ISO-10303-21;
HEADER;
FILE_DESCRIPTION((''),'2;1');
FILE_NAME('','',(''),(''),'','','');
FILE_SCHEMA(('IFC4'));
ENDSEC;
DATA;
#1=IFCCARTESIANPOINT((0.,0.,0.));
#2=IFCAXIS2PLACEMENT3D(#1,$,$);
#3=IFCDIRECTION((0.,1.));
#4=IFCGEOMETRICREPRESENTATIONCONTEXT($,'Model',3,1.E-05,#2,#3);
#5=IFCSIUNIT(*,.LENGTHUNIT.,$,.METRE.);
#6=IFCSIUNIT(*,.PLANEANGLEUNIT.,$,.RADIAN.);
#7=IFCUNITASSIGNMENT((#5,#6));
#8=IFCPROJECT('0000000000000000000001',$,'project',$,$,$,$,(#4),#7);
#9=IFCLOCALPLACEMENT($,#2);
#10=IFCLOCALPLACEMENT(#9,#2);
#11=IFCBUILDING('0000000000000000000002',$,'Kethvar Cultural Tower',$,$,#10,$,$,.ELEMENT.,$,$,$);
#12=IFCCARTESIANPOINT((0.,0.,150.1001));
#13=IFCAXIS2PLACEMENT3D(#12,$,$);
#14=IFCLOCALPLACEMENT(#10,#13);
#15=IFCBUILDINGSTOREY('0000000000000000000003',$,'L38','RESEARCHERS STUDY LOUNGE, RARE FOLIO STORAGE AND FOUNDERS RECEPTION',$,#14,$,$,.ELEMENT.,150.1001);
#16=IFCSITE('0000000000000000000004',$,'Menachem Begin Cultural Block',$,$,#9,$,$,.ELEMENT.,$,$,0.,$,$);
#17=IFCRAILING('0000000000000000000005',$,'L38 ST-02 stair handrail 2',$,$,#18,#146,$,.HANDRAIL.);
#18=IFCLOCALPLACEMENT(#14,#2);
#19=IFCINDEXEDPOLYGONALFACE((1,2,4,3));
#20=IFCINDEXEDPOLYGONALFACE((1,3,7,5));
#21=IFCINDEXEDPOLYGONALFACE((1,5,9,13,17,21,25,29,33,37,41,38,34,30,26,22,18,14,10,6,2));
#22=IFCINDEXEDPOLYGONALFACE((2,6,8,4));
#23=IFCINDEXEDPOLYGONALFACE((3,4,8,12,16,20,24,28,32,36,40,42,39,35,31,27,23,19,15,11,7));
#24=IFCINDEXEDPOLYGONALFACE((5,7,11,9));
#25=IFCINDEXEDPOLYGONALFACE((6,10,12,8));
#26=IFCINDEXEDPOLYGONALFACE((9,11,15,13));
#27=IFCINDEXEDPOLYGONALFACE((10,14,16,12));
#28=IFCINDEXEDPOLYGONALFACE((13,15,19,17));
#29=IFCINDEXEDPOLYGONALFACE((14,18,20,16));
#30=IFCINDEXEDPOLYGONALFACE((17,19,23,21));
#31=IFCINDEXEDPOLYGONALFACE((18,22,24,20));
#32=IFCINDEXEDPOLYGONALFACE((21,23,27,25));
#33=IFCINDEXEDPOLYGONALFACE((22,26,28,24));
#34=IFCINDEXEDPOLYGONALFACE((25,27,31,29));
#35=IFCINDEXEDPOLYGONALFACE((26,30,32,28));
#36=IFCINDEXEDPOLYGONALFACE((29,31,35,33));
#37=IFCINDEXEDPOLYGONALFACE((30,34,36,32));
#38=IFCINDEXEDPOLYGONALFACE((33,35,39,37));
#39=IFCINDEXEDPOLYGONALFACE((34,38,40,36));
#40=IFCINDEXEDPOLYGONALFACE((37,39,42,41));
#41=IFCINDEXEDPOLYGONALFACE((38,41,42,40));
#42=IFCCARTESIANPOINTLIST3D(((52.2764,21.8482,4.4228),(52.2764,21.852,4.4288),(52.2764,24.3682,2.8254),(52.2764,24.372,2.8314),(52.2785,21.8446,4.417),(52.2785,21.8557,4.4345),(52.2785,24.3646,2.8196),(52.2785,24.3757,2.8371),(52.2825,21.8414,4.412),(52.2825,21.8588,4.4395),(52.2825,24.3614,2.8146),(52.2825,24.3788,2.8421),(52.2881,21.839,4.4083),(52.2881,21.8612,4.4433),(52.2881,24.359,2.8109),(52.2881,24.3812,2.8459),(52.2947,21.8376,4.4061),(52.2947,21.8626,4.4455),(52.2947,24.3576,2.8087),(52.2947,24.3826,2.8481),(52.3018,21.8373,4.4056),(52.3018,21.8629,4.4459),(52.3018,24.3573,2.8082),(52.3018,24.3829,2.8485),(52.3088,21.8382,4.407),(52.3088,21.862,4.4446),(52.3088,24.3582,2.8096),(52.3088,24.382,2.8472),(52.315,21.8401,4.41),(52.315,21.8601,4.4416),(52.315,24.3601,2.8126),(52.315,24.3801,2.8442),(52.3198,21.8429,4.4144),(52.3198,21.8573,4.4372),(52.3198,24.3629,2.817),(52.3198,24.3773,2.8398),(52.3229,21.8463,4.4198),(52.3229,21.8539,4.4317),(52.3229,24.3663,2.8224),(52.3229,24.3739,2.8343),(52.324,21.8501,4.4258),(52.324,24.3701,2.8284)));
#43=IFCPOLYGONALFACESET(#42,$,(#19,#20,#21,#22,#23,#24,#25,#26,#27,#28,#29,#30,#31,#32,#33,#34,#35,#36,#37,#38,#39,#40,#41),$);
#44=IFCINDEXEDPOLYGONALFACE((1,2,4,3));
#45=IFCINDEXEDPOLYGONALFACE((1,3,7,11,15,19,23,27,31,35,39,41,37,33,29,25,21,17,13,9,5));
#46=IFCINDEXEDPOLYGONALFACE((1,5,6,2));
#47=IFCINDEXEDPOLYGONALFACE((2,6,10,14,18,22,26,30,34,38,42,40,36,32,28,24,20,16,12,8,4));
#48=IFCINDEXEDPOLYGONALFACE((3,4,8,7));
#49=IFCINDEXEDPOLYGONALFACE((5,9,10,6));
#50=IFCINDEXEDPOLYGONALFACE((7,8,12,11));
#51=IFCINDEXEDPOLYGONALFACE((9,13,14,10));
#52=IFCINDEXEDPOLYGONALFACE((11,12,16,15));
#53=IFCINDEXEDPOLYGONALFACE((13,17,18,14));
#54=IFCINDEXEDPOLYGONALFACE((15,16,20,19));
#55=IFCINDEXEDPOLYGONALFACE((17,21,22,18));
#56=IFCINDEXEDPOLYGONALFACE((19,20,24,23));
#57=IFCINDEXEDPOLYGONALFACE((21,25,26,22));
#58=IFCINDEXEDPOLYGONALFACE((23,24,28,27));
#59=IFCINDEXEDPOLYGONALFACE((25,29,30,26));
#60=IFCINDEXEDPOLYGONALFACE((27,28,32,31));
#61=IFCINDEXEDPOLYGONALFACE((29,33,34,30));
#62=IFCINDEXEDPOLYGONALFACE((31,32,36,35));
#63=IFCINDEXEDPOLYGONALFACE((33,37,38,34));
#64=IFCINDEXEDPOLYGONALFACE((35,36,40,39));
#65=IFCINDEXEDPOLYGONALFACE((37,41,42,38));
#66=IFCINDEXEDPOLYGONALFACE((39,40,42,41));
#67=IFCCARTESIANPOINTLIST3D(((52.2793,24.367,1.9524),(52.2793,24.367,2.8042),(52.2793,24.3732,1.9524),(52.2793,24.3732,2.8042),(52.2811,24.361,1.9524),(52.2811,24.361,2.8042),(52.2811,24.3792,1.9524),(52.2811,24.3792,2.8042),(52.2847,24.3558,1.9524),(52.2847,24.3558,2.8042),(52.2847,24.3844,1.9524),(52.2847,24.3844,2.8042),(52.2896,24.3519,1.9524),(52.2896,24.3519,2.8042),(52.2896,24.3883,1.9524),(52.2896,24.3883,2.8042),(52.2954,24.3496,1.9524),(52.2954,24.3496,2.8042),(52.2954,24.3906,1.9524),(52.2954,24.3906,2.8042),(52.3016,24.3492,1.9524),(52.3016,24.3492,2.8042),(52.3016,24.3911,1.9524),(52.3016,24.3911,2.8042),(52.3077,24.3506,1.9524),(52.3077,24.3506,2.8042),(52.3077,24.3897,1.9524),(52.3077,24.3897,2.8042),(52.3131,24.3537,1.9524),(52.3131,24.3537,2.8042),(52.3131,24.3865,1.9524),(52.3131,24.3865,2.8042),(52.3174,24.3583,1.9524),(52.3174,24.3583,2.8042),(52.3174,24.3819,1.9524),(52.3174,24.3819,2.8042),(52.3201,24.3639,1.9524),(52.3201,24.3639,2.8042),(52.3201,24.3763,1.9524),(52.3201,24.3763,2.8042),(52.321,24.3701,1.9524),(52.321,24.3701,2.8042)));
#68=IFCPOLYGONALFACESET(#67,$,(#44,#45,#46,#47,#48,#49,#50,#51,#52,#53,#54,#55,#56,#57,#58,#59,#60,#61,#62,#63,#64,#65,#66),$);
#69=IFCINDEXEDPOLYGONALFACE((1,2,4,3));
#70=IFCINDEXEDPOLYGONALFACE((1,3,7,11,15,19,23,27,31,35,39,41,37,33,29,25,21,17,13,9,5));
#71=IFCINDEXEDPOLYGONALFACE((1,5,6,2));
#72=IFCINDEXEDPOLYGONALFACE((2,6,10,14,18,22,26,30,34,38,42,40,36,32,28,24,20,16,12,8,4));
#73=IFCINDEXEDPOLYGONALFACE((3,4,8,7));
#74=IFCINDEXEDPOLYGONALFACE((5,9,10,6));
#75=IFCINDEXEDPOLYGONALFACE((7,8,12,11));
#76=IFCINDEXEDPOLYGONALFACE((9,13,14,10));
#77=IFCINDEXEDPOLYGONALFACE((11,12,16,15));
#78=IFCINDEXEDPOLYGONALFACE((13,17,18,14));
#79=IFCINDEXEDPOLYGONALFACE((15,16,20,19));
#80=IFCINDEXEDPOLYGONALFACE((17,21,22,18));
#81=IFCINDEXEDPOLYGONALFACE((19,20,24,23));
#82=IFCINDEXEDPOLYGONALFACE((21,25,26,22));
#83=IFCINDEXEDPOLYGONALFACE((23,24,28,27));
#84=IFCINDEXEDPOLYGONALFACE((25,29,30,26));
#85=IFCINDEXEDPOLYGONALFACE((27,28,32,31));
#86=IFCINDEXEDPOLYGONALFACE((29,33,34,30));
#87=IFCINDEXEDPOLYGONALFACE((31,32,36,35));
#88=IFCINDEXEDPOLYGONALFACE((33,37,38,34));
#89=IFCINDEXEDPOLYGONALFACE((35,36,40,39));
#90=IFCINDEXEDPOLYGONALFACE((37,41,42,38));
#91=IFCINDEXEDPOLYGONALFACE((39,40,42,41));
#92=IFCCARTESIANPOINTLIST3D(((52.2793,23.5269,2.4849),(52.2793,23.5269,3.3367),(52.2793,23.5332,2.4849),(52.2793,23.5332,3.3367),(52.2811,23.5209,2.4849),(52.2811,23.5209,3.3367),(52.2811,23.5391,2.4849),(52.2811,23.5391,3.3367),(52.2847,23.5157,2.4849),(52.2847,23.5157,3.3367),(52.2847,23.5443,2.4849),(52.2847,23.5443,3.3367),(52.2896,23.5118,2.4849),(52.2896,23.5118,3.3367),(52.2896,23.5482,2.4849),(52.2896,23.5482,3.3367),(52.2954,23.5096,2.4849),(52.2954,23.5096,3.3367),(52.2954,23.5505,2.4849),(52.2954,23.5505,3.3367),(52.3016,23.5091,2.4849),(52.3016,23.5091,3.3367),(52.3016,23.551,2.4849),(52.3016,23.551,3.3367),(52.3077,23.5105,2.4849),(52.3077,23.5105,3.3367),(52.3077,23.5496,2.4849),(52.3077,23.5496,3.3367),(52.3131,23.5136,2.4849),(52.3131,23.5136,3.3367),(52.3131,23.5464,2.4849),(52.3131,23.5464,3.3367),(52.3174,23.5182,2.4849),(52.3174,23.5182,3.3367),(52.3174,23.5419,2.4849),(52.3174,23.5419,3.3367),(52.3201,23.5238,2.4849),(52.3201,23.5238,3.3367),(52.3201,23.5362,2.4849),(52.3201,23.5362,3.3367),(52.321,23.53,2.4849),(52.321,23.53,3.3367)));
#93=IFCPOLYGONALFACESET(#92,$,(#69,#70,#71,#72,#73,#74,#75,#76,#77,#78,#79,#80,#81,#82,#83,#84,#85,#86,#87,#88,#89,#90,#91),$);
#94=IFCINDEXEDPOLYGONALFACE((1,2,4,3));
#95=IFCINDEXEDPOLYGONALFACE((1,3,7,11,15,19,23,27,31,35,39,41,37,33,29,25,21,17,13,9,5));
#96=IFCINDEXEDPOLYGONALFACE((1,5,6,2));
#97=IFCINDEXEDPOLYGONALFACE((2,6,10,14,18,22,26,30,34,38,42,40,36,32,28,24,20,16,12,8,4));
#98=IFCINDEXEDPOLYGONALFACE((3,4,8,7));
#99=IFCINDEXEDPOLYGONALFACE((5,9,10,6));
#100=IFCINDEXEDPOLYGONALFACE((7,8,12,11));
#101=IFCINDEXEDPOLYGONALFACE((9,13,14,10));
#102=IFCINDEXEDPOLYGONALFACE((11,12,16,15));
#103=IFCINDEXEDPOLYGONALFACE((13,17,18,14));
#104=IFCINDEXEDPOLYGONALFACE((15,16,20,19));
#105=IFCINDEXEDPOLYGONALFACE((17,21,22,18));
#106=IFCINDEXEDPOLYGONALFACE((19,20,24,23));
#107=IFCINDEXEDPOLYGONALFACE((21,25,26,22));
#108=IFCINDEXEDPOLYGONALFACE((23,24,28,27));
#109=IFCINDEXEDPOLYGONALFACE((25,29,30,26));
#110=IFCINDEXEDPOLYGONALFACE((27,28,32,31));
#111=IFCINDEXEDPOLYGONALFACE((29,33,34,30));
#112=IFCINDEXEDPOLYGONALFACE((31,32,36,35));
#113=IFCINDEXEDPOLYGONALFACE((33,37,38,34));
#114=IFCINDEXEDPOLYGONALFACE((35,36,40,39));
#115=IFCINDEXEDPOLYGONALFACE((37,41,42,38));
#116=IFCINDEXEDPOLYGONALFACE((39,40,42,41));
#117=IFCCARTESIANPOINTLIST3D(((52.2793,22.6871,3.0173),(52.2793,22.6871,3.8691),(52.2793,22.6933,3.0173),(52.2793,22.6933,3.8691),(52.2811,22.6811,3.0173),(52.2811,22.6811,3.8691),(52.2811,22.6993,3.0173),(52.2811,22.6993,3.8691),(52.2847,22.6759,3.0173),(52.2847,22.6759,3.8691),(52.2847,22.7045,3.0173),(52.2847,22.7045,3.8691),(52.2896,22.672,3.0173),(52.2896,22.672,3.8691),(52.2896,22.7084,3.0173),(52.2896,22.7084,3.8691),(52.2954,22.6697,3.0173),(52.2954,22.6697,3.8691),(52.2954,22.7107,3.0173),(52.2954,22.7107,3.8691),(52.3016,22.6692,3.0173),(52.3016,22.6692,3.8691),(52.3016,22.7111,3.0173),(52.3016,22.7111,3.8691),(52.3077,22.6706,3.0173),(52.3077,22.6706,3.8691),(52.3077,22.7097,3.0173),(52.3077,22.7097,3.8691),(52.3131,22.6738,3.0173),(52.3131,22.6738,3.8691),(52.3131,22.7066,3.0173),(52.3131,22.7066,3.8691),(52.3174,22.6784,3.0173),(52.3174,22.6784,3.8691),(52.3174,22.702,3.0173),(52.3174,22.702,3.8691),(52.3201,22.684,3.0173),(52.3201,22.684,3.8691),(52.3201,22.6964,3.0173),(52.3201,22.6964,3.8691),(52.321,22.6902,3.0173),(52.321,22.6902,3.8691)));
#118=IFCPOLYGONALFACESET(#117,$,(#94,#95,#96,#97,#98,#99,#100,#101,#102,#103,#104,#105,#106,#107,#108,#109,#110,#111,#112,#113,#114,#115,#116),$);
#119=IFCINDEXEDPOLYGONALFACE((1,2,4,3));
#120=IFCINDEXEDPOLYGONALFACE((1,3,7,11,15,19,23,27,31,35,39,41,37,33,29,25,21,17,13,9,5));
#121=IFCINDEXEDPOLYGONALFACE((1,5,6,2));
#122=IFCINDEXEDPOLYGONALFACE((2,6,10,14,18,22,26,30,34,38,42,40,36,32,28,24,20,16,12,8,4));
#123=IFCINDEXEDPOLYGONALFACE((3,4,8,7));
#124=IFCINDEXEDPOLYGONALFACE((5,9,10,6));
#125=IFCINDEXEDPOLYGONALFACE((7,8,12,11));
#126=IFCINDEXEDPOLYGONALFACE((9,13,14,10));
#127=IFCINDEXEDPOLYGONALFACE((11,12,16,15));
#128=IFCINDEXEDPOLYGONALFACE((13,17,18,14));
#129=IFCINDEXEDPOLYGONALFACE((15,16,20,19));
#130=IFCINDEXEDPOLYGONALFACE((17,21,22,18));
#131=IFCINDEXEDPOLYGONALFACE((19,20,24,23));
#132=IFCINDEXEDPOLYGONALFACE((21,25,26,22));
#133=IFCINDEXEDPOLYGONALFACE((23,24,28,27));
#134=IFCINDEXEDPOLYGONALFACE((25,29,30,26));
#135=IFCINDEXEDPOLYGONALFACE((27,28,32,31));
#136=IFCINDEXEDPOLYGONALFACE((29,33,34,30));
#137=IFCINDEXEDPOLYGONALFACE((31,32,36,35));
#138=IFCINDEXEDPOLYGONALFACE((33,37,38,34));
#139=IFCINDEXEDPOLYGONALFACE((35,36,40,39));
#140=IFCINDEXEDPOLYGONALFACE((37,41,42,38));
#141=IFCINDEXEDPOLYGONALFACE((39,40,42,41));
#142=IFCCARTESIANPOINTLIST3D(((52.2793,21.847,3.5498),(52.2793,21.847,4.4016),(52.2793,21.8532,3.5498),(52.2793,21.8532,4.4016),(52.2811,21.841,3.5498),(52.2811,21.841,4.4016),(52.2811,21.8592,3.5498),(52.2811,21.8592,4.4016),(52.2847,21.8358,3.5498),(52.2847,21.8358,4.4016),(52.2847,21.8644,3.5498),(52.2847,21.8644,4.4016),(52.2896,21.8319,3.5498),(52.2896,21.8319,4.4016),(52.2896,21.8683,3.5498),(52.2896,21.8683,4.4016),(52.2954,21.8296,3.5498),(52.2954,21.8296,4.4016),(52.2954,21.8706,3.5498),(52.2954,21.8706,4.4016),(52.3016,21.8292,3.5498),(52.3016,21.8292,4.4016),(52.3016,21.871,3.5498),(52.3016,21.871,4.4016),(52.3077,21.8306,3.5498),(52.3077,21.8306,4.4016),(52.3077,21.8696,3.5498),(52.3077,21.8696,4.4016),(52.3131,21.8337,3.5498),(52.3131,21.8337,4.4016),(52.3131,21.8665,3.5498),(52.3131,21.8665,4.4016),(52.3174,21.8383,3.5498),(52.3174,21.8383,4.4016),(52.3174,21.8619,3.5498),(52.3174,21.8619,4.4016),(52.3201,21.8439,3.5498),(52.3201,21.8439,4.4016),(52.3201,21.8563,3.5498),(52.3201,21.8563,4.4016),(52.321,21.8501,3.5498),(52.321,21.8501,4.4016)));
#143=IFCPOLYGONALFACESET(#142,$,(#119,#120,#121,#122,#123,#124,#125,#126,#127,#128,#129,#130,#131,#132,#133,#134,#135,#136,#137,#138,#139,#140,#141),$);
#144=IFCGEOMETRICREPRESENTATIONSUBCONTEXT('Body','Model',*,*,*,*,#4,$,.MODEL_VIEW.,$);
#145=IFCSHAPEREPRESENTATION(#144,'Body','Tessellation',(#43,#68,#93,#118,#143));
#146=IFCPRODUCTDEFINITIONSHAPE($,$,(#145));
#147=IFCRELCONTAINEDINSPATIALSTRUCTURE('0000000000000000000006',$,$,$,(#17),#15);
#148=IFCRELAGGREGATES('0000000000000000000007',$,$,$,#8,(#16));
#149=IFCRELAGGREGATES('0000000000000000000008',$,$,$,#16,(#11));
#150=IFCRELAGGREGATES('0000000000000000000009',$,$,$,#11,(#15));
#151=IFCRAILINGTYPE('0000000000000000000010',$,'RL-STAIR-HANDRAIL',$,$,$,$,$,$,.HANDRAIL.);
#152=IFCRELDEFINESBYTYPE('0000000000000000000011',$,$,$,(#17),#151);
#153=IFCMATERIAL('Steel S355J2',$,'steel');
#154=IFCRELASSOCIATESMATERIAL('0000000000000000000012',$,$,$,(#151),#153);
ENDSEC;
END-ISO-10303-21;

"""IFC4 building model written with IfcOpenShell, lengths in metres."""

from ifc_helpers import new_model, si_unit, direction, frame, origin, origin_2d, place, context, subcontext, project, spatial, circle, extrude, material, type_object, element, save


model = new_model("IFC4")

# Units and contexts
model_context = context("Model", 3, precision=1e-05, world=origin(), true_north=direction((0.0, 1.0)))
body_context = subcontext(model_context, "Body", "Model", "MODEL_VIEW")
ifc_project = project(units=[si_unit("LENGTHUNIT", "METRE"), si_unit("PLANEANGLEUNIT", "RADIAN")], contexts=[model_context])

# Site, building, storey
site_placement = place(None, origin())
site = spatial("IfcSite", under=ifc_project, at=site_placement, Name="Menachem Begin Cultural Block", CompositionType="ELEMENT", RefElevation=0.0)
building_placement = place(site_placement, origin())
building = spatial("IfcBuilding", under=site, at=building_placement, Name="Kethvar Cultural Tower", CompositionType="ELEMENT")
storey_placement = place(building_placement, frame((0.0, 0.0, 150.1001)))
storey = spatial("IfcBuildingStorey", under=building, at=storey_placement, Name="L38", Description="RESEARCHERS STUDY LOUNGE, RARE FOLIO STORAGE AND FOUNDERS RECEPTION", CompositionType="ELEMENT", Elevation=150.1001)

# Shared definitions
ifc_material_1 = material(Name="Steel S355J2", Category="steel")

# Railing
railing_type_1 = type_object("IfcRailingType", Name="RL-STAIR-HANDRAIL", PredefinedType="HANDRAIL", material=ifc_material_1)
railing_1_placement = place(storey_placement, frame((52.3, 24.3701, 1.9524)))
element("IfcRailing", 1, at=railing_1_placement, inside=storey, type_object=railing_type_1, Name="L38 ST-02 stair handrail 2", PredefinedType="HANDRAIL", context=body_context, shape_type="SweptSolid", body=[
    extrude(circle(Radius=0.0239, at=origin_2d()), frame((0.0, 0.0, 0.876), z_axis=(0.0, -0.844607, 0.535387), x_axis=(1.0, 0.0, 0.0)), (0.0, 0.0, 1.0), 2.9836),
    extrude(circle(Radius=0.021, at=origin_2d()), origin(), (0.0, 0.0, 1.0), 0.8518),
    extrude(circle(Radius=0.021, at=origin_2d()), frame((0.0, -0.8401, 0.5325)), (0.0, 0.0, 1.0), 0.8518),
    extrude(circle(Radius=0.021, at=origin_2d()), frame((0.0, -1.6799, 1.0649)), (0.0, 0.0, 1.0), 0.8518),
    extrude(circle(Radius=0.021, at=origin_2d()), frame((0.0, -2.52, 1.5974)), (0.0, 0.0, 1.0), 0.8518),
])

save(model, "model.ifc")
